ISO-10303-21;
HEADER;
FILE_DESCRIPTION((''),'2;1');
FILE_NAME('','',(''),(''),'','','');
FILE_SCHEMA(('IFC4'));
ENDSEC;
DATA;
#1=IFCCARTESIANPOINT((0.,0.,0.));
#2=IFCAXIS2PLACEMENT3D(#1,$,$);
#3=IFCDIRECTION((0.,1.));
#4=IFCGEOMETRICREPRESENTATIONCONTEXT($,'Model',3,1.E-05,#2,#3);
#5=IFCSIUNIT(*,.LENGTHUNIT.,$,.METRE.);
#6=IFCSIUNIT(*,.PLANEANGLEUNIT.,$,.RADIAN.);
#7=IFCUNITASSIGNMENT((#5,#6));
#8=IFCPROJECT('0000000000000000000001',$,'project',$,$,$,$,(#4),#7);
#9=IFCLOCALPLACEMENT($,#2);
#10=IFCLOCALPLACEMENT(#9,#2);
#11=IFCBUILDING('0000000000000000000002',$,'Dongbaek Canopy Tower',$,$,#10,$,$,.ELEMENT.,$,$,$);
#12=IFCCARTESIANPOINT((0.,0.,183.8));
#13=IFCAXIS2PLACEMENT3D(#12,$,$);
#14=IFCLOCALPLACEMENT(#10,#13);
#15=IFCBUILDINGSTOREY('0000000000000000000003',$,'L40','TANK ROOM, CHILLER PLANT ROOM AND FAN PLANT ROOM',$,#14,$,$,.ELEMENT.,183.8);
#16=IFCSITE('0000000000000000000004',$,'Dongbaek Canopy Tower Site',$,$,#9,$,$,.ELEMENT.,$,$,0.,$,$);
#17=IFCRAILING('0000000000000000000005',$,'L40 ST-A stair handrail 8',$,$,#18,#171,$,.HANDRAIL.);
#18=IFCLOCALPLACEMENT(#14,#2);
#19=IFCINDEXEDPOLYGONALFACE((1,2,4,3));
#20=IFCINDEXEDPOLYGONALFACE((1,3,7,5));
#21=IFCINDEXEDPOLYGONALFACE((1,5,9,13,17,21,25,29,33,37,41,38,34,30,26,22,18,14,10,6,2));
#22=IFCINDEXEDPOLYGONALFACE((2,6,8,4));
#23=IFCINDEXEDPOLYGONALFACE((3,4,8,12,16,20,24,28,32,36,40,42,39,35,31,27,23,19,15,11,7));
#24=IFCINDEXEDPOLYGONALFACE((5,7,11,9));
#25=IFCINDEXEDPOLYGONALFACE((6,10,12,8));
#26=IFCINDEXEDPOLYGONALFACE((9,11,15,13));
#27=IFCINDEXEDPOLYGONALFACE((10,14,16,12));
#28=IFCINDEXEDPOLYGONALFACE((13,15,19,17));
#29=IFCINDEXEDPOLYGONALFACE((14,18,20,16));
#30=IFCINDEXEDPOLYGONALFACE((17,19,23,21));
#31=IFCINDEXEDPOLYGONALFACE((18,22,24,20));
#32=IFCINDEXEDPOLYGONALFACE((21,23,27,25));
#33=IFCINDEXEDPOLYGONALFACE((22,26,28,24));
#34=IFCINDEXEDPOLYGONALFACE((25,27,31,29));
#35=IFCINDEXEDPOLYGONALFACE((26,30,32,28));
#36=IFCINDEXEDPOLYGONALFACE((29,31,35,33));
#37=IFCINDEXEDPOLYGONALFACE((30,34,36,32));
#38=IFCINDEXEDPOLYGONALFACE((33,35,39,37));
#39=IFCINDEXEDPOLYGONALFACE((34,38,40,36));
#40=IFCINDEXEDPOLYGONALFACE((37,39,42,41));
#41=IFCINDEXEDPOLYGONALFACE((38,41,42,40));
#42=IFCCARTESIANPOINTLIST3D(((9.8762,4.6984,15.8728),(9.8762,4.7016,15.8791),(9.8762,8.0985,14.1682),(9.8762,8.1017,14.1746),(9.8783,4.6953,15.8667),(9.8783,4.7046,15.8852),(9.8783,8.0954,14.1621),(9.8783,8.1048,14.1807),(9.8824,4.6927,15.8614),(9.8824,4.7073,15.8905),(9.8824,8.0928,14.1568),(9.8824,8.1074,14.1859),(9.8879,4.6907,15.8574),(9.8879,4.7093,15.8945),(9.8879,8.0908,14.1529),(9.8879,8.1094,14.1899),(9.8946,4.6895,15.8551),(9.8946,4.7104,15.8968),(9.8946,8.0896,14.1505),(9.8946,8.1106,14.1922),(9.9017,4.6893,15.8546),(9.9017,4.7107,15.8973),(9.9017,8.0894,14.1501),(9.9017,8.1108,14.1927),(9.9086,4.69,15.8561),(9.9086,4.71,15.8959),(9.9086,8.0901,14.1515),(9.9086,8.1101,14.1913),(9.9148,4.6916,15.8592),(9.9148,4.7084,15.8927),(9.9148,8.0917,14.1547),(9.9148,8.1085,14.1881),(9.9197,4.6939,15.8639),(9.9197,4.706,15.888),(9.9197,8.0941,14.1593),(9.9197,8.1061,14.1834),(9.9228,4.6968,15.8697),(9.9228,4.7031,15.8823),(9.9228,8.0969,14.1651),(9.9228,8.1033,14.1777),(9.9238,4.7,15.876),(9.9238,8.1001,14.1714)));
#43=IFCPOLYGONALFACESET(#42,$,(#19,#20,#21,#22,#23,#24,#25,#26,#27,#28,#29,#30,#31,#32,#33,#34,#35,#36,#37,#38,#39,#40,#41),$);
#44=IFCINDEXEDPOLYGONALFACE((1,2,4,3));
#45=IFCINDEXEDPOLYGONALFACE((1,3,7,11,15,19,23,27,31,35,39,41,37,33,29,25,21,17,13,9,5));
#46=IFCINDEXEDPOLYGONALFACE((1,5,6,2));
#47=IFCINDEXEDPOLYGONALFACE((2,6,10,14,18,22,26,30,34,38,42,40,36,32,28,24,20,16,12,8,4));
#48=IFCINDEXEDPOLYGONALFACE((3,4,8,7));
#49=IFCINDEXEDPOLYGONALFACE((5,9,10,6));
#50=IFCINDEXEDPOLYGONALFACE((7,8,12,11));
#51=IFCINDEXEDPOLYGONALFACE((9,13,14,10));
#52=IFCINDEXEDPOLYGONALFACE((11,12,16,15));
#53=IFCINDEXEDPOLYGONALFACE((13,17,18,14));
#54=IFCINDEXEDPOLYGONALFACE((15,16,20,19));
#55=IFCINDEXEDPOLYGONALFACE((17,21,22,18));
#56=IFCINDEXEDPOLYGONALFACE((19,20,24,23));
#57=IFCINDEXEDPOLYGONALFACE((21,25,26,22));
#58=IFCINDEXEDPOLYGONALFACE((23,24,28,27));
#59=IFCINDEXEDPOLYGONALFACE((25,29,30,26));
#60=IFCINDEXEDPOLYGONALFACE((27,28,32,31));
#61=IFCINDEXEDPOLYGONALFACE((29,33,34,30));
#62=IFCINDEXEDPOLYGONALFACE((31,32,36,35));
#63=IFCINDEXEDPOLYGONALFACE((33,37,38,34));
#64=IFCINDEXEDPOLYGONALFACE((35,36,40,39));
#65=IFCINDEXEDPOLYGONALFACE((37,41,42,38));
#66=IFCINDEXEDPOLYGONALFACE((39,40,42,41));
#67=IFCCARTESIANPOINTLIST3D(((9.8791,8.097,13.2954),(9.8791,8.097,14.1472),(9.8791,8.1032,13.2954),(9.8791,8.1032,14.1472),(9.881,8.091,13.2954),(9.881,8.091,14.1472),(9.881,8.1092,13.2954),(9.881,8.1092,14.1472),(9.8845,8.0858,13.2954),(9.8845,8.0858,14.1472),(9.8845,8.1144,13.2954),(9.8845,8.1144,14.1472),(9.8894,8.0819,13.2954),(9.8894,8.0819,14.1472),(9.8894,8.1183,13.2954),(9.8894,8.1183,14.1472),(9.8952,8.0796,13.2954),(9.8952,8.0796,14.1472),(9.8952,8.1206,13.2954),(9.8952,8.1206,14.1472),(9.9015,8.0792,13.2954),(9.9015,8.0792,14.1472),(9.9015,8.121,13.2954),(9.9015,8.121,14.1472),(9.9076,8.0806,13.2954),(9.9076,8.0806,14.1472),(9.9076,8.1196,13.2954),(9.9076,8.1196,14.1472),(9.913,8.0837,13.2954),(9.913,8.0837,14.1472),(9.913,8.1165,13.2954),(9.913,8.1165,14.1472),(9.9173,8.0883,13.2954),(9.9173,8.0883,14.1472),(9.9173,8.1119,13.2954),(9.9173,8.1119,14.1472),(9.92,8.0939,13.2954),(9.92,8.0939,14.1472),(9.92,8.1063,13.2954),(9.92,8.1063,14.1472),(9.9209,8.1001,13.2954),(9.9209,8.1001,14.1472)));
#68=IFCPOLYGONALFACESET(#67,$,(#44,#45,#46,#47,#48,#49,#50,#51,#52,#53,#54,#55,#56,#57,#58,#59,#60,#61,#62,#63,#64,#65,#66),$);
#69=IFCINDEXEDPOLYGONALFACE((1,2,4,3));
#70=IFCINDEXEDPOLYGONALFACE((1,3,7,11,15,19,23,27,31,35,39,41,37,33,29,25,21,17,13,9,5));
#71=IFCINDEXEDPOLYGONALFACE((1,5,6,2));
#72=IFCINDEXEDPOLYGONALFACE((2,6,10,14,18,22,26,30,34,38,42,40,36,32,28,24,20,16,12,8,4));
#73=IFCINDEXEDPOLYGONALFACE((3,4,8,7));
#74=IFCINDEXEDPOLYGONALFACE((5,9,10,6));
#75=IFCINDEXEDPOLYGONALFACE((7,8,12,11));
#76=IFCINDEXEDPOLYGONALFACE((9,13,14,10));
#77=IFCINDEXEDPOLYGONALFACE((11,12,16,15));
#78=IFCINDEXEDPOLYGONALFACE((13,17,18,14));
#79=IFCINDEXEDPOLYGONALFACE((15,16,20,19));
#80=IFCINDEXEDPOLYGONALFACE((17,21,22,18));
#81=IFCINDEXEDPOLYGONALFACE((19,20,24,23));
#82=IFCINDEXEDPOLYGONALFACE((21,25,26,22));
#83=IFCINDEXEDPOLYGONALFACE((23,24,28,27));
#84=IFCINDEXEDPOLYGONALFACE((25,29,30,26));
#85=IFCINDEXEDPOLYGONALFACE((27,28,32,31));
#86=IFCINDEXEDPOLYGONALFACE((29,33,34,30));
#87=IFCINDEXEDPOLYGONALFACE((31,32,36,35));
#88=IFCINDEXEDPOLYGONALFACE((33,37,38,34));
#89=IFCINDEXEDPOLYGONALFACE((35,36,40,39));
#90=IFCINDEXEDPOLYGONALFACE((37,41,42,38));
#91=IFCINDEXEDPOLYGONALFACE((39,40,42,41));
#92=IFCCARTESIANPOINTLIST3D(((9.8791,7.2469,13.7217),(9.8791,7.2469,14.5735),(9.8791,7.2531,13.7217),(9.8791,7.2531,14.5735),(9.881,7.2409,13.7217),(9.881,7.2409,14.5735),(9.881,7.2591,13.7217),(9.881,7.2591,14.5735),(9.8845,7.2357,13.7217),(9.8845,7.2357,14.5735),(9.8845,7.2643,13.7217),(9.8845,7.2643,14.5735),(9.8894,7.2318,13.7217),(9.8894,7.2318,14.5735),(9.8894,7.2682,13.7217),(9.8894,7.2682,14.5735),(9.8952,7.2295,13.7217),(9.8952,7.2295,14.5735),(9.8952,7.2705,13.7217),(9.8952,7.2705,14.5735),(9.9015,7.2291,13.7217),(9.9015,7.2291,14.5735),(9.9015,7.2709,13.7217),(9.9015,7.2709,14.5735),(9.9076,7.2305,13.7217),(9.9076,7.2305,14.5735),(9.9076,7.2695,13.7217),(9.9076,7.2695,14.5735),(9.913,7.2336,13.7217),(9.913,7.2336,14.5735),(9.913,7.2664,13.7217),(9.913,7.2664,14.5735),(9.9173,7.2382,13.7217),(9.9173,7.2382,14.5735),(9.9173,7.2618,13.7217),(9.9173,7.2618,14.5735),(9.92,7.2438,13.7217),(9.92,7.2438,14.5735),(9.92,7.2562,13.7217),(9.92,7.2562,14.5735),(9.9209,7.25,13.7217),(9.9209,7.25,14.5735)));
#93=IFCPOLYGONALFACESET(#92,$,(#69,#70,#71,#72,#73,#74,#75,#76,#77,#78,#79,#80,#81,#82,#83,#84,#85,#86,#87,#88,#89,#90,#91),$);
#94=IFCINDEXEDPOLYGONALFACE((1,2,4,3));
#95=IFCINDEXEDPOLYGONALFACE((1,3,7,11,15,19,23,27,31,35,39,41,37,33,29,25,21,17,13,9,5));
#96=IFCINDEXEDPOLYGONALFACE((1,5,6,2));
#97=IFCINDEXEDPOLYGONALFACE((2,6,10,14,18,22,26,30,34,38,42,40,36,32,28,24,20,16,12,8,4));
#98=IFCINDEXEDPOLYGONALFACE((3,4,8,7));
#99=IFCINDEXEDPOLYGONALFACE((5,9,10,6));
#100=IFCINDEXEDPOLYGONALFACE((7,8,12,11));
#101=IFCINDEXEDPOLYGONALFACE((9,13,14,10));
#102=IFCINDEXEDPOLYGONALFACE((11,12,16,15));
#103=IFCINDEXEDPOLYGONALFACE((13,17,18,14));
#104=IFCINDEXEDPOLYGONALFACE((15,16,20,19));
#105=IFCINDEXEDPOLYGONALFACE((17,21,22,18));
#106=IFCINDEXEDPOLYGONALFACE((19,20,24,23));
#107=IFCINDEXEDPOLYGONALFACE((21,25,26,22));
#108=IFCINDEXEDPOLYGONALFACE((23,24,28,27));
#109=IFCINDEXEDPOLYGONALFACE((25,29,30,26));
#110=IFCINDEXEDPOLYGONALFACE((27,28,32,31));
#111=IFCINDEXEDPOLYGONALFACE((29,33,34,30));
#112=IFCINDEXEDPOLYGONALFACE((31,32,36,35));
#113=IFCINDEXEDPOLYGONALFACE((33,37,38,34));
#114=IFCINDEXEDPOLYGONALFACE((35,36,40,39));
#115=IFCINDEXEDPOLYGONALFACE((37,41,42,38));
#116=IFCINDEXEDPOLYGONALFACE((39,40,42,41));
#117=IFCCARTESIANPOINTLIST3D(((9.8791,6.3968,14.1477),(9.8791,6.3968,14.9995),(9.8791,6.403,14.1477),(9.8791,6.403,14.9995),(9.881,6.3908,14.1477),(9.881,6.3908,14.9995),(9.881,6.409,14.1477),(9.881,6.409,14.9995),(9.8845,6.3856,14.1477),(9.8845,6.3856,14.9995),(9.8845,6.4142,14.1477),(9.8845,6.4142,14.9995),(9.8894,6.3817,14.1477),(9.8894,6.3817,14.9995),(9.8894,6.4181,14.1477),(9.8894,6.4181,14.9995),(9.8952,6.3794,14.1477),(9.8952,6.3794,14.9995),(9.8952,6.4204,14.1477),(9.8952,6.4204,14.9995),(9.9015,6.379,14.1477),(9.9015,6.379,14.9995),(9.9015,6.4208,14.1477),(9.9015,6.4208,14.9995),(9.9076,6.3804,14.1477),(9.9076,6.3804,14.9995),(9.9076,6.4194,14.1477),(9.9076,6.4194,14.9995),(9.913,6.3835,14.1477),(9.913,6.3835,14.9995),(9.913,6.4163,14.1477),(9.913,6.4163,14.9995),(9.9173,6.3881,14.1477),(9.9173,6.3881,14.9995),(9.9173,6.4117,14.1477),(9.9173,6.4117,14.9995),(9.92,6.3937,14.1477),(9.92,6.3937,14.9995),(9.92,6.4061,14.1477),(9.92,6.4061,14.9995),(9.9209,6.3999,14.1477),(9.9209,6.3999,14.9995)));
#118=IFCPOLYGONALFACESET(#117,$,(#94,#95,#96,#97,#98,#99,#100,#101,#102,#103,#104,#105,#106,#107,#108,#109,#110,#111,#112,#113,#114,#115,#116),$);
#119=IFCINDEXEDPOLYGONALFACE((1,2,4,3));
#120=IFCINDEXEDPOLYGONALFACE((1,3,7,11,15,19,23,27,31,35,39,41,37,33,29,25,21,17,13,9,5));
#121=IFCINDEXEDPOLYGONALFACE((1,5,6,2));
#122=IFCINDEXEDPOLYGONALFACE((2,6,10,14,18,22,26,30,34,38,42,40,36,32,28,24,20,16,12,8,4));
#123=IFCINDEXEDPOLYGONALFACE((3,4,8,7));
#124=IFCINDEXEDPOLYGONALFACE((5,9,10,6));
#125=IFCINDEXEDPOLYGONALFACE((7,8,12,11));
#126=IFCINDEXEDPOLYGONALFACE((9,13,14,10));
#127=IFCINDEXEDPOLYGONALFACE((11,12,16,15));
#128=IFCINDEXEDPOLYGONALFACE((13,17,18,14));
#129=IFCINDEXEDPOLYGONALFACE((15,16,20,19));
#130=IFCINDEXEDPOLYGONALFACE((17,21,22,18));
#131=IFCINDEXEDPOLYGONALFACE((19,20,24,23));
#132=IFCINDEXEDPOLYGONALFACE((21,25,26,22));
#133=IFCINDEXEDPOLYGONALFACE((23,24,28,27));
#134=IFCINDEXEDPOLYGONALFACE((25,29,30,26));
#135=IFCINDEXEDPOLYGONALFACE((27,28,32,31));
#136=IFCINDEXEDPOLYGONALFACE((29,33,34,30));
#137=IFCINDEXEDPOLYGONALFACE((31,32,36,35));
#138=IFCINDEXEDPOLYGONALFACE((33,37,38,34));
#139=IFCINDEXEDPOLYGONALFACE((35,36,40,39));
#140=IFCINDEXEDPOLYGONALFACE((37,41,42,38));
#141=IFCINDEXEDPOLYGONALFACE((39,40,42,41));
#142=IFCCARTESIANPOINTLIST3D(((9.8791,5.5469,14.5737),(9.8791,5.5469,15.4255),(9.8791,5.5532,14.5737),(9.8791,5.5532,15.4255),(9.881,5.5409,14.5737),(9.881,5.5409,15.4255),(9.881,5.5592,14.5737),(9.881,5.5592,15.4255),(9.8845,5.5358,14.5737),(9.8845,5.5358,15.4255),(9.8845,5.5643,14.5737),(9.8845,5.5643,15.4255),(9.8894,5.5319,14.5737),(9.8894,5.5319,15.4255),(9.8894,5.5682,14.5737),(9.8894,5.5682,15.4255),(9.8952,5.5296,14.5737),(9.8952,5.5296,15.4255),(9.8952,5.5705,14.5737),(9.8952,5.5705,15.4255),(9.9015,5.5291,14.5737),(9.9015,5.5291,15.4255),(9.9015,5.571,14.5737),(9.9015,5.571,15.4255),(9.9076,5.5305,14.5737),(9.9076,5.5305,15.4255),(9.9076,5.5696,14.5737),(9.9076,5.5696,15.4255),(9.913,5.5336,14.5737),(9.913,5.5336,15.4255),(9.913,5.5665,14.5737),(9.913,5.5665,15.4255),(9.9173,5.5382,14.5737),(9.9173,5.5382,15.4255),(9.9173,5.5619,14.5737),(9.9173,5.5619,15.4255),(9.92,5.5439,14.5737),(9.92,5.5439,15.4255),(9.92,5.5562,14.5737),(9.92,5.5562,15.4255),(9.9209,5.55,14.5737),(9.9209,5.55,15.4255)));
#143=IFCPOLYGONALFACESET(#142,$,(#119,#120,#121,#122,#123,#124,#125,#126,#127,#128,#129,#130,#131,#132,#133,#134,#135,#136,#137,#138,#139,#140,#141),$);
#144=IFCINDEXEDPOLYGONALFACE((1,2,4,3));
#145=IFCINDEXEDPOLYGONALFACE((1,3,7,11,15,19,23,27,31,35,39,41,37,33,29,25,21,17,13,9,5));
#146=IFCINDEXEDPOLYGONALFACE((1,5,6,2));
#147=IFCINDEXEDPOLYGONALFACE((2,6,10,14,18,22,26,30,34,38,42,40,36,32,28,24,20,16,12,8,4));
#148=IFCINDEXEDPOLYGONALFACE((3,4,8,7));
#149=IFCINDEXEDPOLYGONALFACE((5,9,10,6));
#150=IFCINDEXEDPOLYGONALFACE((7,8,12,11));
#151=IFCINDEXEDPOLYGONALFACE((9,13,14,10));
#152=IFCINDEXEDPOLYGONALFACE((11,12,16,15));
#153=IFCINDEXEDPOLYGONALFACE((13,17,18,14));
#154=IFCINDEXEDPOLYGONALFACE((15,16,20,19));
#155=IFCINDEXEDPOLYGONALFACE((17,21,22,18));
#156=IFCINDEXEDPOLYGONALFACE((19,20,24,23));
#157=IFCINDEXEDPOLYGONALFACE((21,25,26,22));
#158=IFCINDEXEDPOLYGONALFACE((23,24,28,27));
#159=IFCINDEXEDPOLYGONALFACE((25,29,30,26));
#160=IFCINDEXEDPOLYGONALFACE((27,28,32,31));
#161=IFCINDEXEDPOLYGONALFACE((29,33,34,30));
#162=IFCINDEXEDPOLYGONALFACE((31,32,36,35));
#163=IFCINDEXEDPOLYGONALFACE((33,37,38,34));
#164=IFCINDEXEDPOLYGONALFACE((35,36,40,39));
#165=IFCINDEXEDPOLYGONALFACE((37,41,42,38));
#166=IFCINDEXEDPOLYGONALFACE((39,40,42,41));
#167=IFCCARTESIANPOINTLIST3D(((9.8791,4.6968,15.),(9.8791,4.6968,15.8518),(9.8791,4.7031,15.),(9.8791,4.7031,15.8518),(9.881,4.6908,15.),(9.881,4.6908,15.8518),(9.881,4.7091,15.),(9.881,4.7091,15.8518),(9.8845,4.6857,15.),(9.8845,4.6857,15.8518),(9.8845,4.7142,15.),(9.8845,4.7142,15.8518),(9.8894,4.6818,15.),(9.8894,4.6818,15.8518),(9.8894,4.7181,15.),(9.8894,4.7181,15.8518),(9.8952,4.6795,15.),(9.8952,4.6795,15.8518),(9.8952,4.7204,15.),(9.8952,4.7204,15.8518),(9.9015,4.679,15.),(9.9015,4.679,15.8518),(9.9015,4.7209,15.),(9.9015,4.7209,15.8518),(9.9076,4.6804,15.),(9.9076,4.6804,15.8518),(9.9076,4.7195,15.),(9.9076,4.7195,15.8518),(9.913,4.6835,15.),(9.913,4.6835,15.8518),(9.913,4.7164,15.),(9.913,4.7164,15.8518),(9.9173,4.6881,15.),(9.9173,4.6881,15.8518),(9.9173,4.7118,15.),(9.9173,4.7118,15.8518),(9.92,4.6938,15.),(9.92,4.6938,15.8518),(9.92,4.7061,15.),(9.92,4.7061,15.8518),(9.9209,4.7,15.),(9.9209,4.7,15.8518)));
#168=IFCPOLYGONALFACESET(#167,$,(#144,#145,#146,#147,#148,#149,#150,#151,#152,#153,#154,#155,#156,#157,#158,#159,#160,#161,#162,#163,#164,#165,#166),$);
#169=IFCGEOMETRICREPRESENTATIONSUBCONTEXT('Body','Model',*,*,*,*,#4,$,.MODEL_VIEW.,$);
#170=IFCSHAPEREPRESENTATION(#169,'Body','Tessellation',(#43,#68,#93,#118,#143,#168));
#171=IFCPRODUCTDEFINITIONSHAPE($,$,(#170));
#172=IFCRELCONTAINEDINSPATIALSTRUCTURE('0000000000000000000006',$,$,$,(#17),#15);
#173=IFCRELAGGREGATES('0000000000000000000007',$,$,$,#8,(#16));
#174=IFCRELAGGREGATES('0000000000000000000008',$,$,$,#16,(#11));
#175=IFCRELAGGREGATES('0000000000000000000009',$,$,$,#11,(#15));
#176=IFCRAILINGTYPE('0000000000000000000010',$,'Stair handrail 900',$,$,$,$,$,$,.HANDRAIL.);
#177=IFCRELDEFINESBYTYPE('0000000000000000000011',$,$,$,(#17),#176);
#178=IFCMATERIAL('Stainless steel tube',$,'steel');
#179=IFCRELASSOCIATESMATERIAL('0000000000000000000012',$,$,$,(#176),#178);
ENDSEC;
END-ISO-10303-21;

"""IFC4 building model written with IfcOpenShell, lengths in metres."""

from ifc_helpers import new_model, si_unit, direction, frame, origin, origin_2d, place, context, subcontext, project, spatial, circle, extrude, material, type_object, element, save


model = new_model("IFC4")

# Units and contexts
model_context = context("Model", 3, precision=1e-05, world=origin(), true_north=direction((0.0, 1.0)))
body_context = subcontext(model_context, "Body", "Model", "MODEL_VIEW")
ifc_project = project(units=[si_unit("LENGTHUNIT", "METRE"), si_unit("PLANEANGLEUNIT", "RADIAN")], contexts=[model_context])

# Site, building, storey
site_placement = place(None, origin())
site = spatial("IfcSite", under=ifc_project, at=site_placement, Name="Dongbaek Canopy Tower Site", CompositionType="ELEMENT", RefElevation=0.0)
building_placement = place(site_placement, origin())
building = spatial("IfcBuilding", under=site, at=building_placement, Name="Dongbaek Canopy Tower", CompositionType="ELEMENT")
storey_placement = place(building_placement, frame((0.0, 0.0, 183.8)))
storey = spatial("IfcBuildingStorey", under=building, at=storey_placement, Name="L40", Description="TANK ROOM, CHILLER PLANT ROOM AND FAN PLANT ROOM", CompositionType="ELEMENT", Elevation=183.8)

# Railing
ifc_material_1 = material(Name="Stainless steel tube", Category="steel")
railing_type_1 = type_object("IfcRailingType", Name="Stair handrail 900", PredefinedType="HANDRAIL", material=ifc_material_1)
for number, where, name in (
    (1, (9.8999, 8.1001, 13.2954), "L40 ST-A stair handrail 8"),
):
    element("IfcRailing", number, at=place(storey_placement, frame(where)), inside=storey, type_object=railing_type_1, Name=name, PredefinedType="HANDRAIL", context=body_context, shape_type="SweptSolid", body=[
        extrude(circle(Radius=0.0239, at=origin_2d()), frame((0.0, 0.0, 0.876), z_axis=(0.0, -0.893952, 0.448163), x_axis=(1.0, 0.0, 0.0)), (0.0, 0.0, 1.0), 3.8035),
        extrude(circle(Radius=0.021, at=origin_2d()), origin(), (0.0, 0.0, 1.0), 0.8518),
        extrude(circle(Radius=0.021, at=origin_2d()), frame((0.0, -0.8501, 0.4263)), (0.0, 0.0, 1.0), 0.8518),
        extrude(circle(Radius=0.021, at=origin_2d()), frame((0.0, -1.7002, 0.8523)), (0.0, 0.0, 1.0), 0.8518),
        extrude(circle(Radius=0.021, at=origin_2d()), frame((0.0, -2.55, 1.2783)), (0.0, 0.0, 1.0), 0.8518),
        extrude(circle(Radius=0.021, at=origin_2d()), frame((0.0, -3.4001, 1.7046)), (0.0, 0.0, 1.0), 0.8518),
    ])

save(model, "model.ifc")
